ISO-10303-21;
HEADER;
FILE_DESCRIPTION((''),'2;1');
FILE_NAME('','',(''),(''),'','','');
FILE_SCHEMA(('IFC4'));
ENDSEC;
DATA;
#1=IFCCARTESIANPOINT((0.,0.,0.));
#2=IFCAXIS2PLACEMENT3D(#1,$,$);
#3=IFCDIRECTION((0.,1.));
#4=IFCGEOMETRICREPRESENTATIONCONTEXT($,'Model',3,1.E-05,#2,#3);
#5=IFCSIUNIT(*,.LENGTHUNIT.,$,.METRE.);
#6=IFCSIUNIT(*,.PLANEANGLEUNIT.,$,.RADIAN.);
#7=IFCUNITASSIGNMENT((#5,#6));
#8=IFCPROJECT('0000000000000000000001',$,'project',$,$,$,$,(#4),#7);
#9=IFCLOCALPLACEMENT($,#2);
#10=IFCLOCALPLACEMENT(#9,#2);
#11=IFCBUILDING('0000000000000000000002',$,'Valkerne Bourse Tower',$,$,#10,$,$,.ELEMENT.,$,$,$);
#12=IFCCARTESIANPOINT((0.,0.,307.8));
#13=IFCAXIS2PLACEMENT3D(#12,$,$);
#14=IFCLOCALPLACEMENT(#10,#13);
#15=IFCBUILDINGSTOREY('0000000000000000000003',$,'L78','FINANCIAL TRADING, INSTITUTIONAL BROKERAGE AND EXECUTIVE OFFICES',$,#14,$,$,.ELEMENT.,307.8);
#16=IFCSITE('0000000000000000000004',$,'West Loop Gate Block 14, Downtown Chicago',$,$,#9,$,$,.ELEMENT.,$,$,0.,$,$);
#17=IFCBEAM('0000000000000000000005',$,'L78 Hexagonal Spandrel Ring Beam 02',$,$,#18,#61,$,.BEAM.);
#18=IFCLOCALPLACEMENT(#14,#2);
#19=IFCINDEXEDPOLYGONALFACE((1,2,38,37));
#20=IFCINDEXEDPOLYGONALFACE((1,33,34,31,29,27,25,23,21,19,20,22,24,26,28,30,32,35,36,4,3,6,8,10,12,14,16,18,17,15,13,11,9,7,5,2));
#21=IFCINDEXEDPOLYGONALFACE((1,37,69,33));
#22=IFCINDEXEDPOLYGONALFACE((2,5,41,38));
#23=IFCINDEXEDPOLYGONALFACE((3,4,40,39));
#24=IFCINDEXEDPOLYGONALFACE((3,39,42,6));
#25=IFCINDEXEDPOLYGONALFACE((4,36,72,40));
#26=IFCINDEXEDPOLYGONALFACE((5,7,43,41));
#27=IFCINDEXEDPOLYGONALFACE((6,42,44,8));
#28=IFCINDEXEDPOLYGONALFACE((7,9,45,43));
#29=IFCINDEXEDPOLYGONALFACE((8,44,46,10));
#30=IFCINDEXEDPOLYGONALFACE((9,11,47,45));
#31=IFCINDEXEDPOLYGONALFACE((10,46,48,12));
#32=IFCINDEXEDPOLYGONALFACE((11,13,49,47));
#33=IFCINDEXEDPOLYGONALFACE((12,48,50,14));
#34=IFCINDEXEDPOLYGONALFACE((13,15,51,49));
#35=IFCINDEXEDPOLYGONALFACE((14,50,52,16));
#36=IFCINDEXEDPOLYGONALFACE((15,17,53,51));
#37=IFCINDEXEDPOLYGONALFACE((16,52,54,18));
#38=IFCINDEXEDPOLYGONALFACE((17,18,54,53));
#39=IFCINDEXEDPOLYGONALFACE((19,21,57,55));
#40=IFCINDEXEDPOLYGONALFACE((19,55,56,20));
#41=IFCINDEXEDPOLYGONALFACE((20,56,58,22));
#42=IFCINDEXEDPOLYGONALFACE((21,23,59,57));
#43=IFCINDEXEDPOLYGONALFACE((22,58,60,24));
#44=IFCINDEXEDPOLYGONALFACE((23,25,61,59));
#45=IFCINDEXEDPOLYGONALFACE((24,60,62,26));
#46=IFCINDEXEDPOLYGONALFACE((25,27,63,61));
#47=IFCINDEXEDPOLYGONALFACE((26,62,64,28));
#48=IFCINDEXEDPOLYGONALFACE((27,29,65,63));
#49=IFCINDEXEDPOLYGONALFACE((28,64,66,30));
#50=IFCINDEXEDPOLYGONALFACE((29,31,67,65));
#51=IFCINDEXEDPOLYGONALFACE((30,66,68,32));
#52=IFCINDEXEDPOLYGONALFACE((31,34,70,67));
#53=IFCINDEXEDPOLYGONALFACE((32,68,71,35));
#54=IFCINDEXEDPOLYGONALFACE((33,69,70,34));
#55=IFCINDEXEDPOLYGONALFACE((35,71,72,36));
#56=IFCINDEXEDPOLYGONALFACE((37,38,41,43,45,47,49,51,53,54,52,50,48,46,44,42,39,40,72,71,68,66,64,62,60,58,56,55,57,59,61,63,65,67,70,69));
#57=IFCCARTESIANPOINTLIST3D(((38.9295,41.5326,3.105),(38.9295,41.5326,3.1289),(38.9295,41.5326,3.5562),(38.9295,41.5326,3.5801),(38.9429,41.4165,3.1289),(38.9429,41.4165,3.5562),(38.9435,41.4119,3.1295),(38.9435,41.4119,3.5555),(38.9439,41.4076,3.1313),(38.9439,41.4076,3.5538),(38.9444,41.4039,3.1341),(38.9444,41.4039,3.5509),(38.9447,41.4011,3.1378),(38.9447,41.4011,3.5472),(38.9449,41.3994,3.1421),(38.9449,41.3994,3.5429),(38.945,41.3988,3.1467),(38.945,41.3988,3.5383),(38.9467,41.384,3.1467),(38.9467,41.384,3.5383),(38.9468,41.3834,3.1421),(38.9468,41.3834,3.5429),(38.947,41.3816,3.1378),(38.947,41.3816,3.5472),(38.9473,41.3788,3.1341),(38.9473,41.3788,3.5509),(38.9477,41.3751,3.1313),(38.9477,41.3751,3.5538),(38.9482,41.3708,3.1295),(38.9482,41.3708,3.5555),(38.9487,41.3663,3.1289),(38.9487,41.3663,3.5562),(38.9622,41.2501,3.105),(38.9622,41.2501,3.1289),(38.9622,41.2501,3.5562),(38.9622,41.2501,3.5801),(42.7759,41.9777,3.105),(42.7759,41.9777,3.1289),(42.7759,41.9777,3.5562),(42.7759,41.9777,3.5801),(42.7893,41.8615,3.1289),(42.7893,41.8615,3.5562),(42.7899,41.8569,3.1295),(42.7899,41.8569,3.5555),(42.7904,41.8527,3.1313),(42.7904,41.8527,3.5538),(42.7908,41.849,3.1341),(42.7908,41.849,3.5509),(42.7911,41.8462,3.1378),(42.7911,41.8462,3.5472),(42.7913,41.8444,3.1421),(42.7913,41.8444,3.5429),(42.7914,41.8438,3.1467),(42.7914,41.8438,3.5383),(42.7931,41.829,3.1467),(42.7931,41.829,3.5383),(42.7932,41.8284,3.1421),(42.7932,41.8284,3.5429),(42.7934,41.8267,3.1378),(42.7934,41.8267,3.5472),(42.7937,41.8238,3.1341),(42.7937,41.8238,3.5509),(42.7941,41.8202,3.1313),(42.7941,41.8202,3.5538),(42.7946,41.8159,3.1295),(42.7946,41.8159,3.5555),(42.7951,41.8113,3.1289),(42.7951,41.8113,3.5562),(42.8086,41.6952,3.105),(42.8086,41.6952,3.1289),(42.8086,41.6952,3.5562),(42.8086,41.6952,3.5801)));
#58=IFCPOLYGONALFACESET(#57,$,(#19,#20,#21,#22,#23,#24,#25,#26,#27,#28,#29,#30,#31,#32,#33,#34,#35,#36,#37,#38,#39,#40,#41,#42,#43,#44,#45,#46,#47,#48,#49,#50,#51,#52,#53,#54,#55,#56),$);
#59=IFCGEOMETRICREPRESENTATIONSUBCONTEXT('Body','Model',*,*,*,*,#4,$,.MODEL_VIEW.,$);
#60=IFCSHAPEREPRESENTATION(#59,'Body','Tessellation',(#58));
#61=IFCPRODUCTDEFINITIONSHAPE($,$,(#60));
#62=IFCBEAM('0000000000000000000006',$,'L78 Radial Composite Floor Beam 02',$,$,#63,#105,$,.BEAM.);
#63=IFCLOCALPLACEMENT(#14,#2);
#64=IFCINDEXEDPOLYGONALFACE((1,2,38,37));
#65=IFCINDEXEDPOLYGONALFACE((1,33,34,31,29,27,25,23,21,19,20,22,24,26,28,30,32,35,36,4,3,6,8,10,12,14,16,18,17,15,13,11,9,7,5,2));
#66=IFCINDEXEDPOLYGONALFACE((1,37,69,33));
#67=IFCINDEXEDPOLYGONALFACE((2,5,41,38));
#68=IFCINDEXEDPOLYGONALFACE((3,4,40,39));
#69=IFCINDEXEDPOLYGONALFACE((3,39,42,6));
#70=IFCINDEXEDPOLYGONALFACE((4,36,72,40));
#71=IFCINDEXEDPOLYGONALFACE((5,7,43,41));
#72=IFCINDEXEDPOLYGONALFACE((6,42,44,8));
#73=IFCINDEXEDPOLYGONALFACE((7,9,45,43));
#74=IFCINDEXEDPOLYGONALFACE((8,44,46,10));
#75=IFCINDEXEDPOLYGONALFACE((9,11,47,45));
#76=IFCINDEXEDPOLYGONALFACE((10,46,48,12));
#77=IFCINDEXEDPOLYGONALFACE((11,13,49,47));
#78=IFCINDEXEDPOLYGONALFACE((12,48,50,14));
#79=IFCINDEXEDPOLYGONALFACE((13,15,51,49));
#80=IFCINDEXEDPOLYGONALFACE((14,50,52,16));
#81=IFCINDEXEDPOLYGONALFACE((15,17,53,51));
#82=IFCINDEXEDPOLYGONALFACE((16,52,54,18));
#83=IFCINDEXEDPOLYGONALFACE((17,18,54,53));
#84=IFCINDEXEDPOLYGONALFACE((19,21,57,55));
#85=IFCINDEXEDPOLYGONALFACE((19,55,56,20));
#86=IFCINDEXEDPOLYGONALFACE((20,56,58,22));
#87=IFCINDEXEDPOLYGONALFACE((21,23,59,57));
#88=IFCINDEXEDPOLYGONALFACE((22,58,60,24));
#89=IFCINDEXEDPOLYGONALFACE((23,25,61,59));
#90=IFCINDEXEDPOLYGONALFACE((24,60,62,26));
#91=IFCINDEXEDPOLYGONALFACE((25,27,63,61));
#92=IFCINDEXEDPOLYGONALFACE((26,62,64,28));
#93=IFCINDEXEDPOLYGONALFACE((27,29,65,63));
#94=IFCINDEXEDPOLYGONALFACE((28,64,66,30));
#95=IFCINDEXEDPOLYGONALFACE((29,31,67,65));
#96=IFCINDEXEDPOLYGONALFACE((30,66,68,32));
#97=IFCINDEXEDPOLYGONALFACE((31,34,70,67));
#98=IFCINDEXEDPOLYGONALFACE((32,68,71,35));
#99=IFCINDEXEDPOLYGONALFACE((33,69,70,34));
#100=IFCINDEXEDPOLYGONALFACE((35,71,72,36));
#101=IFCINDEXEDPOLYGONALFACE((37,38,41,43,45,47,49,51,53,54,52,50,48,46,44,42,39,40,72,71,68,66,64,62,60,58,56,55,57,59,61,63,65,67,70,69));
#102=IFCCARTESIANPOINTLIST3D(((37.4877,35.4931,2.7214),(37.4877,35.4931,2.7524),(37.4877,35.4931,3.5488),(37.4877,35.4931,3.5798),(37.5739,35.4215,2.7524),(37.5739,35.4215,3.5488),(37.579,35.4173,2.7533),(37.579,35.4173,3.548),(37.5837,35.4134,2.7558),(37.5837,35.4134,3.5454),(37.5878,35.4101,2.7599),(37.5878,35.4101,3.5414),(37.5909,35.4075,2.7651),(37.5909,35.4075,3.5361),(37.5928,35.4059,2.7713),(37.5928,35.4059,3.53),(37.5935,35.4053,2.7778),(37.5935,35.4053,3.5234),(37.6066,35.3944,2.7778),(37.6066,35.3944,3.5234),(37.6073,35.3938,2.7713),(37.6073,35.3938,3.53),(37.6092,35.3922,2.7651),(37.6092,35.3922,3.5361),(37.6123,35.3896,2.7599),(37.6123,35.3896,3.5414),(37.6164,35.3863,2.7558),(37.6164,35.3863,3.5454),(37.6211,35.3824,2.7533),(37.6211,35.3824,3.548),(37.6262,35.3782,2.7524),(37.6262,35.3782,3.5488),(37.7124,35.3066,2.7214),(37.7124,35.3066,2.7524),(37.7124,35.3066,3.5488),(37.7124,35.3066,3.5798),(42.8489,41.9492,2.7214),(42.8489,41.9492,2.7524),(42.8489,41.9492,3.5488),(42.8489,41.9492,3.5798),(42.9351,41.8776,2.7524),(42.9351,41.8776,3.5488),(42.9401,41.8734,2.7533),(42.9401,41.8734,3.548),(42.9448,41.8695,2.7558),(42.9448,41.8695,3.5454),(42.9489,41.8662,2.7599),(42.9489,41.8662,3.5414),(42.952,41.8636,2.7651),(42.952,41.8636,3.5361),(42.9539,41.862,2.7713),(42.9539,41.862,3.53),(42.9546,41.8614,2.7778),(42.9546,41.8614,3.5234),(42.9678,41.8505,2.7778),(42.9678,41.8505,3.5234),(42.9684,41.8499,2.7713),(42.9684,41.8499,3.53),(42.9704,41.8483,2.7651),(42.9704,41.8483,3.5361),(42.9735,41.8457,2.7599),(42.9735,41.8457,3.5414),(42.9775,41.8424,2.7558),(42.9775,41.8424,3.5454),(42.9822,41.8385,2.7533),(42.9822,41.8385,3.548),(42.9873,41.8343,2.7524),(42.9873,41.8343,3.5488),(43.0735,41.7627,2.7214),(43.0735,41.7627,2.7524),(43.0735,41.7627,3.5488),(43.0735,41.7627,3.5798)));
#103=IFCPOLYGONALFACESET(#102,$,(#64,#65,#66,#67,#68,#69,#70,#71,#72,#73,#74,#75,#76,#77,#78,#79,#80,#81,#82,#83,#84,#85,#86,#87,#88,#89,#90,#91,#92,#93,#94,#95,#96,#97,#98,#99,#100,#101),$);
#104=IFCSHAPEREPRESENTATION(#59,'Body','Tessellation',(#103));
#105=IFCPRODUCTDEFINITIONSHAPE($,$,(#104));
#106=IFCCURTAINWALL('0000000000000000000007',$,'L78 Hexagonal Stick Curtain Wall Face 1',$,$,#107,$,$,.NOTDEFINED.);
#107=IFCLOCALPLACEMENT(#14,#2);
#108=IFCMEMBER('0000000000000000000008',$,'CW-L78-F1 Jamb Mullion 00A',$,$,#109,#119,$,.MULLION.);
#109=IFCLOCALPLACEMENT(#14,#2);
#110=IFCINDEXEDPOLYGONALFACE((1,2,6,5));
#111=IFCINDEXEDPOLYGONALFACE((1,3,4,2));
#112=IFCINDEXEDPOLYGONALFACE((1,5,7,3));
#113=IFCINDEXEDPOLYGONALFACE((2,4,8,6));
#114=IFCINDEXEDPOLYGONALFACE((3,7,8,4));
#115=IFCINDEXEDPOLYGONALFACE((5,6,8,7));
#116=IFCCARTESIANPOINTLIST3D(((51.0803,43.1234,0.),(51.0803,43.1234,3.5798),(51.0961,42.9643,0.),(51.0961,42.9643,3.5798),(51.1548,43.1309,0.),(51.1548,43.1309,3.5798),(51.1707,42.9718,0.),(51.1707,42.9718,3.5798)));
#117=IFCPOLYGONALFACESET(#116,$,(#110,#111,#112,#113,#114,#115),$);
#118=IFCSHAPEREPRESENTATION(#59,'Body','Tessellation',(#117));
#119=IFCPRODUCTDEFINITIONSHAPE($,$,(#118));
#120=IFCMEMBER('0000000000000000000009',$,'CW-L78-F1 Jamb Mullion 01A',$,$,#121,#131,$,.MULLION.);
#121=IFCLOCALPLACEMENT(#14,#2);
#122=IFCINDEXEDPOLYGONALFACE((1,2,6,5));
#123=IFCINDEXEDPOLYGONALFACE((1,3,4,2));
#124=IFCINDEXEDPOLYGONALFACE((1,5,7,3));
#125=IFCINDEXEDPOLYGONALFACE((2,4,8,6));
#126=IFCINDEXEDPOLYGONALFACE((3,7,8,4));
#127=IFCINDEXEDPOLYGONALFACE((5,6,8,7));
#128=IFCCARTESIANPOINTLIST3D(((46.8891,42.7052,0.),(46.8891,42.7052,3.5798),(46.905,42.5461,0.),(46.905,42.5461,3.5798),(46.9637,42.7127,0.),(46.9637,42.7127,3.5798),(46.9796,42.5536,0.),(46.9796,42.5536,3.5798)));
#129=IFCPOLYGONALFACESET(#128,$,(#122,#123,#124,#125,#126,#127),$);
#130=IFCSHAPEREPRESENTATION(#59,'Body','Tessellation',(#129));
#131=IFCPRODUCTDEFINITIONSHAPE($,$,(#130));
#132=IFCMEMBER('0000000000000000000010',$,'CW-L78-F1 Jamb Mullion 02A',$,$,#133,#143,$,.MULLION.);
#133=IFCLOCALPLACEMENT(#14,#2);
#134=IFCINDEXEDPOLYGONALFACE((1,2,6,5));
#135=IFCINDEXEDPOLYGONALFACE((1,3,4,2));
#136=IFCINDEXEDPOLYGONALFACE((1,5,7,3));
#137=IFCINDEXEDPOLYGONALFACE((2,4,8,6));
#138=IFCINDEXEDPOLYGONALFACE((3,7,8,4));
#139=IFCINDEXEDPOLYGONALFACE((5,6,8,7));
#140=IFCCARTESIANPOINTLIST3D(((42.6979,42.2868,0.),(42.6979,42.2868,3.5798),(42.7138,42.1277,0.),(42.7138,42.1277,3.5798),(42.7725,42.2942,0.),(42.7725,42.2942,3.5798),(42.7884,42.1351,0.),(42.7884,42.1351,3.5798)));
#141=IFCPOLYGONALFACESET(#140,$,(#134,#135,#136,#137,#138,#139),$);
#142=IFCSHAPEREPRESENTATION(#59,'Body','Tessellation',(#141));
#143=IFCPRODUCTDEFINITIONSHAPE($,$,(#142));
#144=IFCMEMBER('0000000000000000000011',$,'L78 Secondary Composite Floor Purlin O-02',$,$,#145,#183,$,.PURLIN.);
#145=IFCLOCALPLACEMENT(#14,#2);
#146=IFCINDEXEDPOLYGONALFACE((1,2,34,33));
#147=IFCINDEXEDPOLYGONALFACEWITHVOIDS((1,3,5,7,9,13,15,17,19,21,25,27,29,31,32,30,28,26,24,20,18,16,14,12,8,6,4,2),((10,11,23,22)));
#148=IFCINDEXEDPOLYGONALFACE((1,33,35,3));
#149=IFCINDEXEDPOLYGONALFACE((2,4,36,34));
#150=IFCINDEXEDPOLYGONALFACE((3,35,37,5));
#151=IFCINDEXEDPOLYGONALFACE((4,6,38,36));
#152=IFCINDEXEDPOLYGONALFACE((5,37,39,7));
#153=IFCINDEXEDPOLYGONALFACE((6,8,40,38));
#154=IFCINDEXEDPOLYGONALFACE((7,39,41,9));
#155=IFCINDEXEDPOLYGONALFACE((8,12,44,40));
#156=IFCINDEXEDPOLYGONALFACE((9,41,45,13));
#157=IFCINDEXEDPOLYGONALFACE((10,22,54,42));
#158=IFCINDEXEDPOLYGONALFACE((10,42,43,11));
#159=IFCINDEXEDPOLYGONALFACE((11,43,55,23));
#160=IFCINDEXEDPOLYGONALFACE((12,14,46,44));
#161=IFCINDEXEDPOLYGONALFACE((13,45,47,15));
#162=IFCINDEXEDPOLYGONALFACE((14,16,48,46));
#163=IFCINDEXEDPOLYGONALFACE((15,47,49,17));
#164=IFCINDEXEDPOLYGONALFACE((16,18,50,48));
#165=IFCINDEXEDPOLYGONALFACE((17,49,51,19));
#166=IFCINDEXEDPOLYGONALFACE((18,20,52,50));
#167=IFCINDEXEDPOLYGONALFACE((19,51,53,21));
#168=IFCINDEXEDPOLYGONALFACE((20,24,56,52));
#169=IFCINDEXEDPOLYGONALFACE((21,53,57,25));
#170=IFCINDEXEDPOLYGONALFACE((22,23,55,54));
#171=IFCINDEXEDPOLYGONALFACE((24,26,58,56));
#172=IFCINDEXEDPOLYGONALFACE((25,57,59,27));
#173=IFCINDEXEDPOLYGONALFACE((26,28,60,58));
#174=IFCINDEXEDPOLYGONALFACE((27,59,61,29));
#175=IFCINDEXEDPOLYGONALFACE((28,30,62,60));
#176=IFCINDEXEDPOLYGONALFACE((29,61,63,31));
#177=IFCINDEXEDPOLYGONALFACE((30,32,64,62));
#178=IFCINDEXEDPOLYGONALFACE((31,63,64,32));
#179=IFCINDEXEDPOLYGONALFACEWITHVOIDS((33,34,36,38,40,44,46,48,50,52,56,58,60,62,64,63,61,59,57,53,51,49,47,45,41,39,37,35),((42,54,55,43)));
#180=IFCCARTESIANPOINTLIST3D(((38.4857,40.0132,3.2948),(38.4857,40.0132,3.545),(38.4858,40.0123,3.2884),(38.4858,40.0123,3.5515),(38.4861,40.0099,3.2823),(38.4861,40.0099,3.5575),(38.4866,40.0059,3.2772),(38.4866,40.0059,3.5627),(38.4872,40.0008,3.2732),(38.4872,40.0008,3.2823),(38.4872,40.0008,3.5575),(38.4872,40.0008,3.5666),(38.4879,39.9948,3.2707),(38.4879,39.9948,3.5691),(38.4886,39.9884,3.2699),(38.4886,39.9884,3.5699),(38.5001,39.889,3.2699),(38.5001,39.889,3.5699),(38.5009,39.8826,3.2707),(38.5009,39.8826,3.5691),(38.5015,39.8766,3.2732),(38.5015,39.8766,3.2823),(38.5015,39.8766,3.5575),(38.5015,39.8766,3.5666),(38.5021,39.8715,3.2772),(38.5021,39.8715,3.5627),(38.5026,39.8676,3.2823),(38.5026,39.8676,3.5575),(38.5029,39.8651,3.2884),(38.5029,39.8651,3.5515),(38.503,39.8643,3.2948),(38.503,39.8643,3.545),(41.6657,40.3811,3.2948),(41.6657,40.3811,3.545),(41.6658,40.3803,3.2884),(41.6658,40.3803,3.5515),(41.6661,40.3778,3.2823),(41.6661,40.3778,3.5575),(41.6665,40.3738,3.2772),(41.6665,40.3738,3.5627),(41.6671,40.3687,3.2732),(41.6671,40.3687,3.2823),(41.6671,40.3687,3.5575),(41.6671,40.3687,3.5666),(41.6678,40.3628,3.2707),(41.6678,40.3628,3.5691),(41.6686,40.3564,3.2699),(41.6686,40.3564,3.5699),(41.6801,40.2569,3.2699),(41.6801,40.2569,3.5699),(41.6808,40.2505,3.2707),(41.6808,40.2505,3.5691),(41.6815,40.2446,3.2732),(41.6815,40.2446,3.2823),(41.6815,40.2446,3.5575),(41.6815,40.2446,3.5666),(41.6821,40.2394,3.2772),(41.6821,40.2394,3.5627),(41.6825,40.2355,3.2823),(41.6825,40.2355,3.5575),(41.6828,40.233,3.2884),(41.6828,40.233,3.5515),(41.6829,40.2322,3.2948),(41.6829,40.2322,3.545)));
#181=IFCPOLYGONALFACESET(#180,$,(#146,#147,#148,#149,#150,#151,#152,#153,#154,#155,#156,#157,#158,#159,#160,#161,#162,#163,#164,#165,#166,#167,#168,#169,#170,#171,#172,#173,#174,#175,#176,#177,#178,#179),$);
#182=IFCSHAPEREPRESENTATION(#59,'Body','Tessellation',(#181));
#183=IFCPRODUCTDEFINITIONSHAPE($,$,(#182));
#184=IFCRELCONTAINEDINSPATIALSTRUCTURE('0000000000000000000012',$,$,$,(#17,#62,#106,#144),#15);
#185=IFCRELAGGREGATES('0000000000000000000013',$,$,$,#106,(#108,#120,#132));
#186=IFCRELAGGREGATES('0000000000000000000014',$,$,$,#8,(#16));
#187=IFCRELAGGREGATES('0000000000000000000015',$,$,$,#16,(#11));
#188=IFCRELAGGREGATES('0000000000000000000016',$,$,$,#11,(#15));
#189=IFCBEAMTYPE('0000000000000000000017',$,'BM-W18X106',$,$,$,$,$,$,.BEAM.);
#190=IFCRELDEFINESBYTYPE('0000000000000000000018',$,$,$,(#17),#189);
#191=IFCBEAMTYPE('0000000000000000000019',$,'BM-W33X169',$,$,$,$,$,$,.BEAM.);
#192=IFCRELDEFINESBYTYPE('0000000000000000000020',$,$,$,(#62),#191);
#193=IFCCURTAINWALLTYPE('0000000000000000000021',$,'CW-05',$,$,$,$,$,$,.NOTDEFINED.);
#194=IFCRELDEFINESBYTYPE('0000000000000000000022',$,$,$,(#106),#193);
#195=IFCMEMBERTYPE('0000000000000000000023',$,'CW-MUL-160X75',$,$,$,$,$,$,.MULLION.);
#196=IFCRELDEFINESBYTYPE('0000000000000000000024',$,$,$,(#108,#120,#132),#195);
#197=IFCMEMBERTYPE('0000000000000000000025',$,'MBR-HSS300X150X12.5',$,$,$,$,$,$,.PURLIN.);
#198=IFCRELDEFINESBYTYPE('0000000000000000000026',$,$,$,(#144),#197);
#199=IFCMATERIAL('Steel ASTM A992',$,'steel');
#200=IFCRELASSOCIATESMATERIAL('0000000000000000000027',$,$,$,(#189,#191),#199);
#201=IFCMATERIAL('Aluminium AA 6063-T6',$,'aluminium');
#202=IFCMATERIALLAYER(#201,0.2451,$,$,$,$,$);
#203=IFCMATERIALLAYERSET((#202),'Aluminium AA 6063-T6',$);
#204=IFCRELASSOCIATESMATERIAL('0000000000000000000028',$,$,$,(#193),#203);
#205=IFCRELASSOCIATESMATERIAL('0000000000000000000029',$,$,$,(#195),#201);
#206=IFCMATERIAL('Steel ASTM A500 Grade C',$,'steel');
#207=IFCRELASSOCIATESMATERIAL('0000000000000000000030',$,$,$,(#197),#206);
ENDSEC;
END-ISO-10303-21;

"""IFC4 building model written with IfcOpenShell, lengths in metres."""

from ifc_helpers import new_model, si_unit, direction, frame, origin, origin_2d, place, context, subcontext, project, spatial, rectangle, hollow_rectangle, i_section, extrude, material, layer, layer_set, material_profile, profile_set, type_object, element, aggregate, save


model = new_model("IFC4")

# Units and contexts
model_context = context("Model", 3, precision=1e-05, world=origin(), true_north=direction((0.0, 1.0)))
body_context = subcontext(model_context, "Body", "Model", "MODEL_VIEW")
ifc_project = project(units=[si_unit("LENGTHUNIT", "METRE"), si_unit("PLANEANGLEUNIT", "RADIAN")], contexts=[model_context])

# Site, building, storey
site_placement = place(None, origin())
site = spatial("IfcSite", under=ifc_project, at=site_placement, Name="West Loop Gate Block 14, Downtown Chicago", CompositionType="ELEMENT", RefElevation=0.0)
building_placement = place(site_placement, origin())
building = spatial("IfcBuilding", under=site, at=building_placement, Name="Valkerne Bourse Tower", CompositionType="ELEMENT")
storey_placement = place(building_placement, frame((0.0, 0.0, 307.8)))
storey = spatial("IfcBuildingStorey", under=building, at=storey_placement, Name="L78", Description="FINANCIAL TRADING, INSTITUTIONAL BROKERAGE AND EXECUTIVE OFFICES", CompositionType="ELEMENT", Elevation=307.8)

# Beams
ifc_material_1 = material(Name="Steel ASTM A992", Category="steel")
ifc_material_profile_1 = material_profile(ifc_material_1, i_section(OverallWidth=0.2844, OverallDepth=0.4751, WebThickness=0.0149, FlangeThickness=0.0239, FilletRadius=0.0178, at=origin_2d()), Name="W18X106")
ifc_profile_set_1 = profile_set([ifc_material_profile_1], Name="Steel ASTM A992")
beam_type_1 = type_object("IfcBeamType", Name="BM-W18X106", PredefinedType="BEAM", material=ifc_profile_set_1)
for number, where, z_axis, x_axis, name in (
    (1, (42.7922, 41.8364, 3.3425), (-0.993372, -0.114942, 0.0), (0.114942, -0.993372, 0.0), "L78 Hexagonal Spandrel Ring Beam 02"),
):
    element("IfcBeam", number, at=place(storey_placement, frame(where, z_axis=z_axis, x_axis=x_axis)), inside=storey, type_object=beam_type_1, Name=name, PredefinedType="BEAM", context=body_context, shape_type="SweptSolid", body=[
        extrude(i_section(OverallWidth=0.2844, OverallDepth=0.4751, WebThickness=0.0149, FlangeThickness=0.0239, FilletRadius=0.0178, at=origin_2d()), origin(), (0.0, 0.0, 1.0), 3.8721),
    ])
ifc_material_profile_2 = material_profile(ifc_material_1, i_section(OverallWidth=0.292, OverallDepth=0.8584, WebThickness=0.0171, FlangeThickness=0.031, FilletRadius=0.0254, at=origin_2d()), Name="W33X169")
ifc_profile_set_2 = profile_set([ifc_material_profile_2], Name="Steel ASTM A992")
beam_type_2 = type_object("IfcBeamType", Name="BM-W33X169", PredefinedType="BEAM", material=ifc_profile_set_2)
beam_placement = place(storey_placement, frame((42.9612, 41.856, 3.1506), z_axis=(-0.63885, -0.769331, 0.0), x_axis=(0.769331, -0.63885, 0.0)))
element("IfcBeam", 2, at=beam_placement, inside=storey, type_object=beam_type_2, Name="L78 Radial Composite Floor Beam 02", PredefinedType="BEAM", context=body_context, shape_type="SweptSolid", body=[
    extrude(i_section(OverallWidth=0.292, OverallDepth=0.8584, WebThickness=0.0171, FlangeThickness=0.031, FilletRadius=0.0254, at=origin_2d()), origin(), (0.0, 0.0, 1.0), 8.3918),
])

# Curtain wall, members
ifc_material_2 = material(Name="Aluminium AA 6063-T6", Category="aluminium")
ifc_layer_1 = layer(ifc_material_2, 0.2451)
ifc_layer_set_1 = layer_set([ifc_layer_1], Name="Aluminium AA 6063-T6")
curtain_wall_type = type_object("IfcCurtainWallType", Name="CW-05", PredefinedType="NOTDEFINED", material=ifc_layer_set_1)
curtain_wall_placement = place(storey_placement, origin())
curtain_wall = element("IfcCurtainWall", 3, at=curtain_wall_placement, inside=storey, type_object=curtain_wall_type, Name="L78 Hexagonal Stick Curtain Wall Face 1", PredefinedType="NOTDEFINED")
ifc_material_profile_3 = material_profile(ifc_material_2, rectangle(XDim=0.075, YDim=0.1599, at=origin_2d()), Name="CWM-75X160")
ifc_profile_set_3 = profile_set([ifc_material_profile_3], Name="Aluminium AA 6063-T6")
member_type_1 = type_object("IfcMemberType", Name="CW-MUL-160X75", PredefinedType="MULLION", material=ifc_profile_set_3)
member_1_placement = place(storey_placement, frame((51.1255, 43.0476, 0.0), z_axis=(0.0, 0.0, 1.0), x_axis=(-0.995056, -0.099313, 0.0)))
member_1 = element("IfcMember", 4, at=member_1_placement, type_object=member_type_1, Name="CW-L78-F1 Jamb Mullion 00A", PredefinedType="MULLION", context=body_context, shape_type="SweptSolid", body=[
    extrude(rectangle(XDim=0.075, YDim=0.1599, at=origin_2d()), origin(), (0.0, 0.0, 1.0), 3.5798),
])
member_2_placement = place(storey_placement, frame((46.9343, 42.6294, 0.0), z_axis=(0.0, 0.0, 1.0), x_axis=(-0.995054, -0.099334, 0.0)))
member_2 = element("IfcMember", 5, at=member_2_placement, type_object=member_type_1, Name="CW-L78-F1 Jamb Mullion 01A", PredefinedType="MULLION", context=body_context, shape_type="SweptSolid", body=[
    extrude(rectangle(XDim=0.075, YDim=0.1599, at=origin_2d()), origin(), (0.0, 0.0, 1.0), 3.5798),
])
member_3_placement = place(storey_placement, frame((42.7432, 42.2109, 0.0), z_axis=(0.0, 0.0, 1.0), x_axis=(-0.995056, -0.099311, 0.0)))
member_3 = element("IfcMember", 6, at=member_3_placement, type_object=member_type_1, Name="CW-L78-F1 Jamb Mullion 02A", PredefinedType="MULLION", context=body_context, shape_type="SweptSolid", body=[
    extrude(rectangle(XDim=0.075, YDim=0.1599, at=origin_2d()), origin(), (0.0, 0.0, 1.0), 3.5798),
])

# Member
ifc_material_3 = material(Name="Steel ASTM A500 Grade C", Category="steel")
ifc_material_profile_4 = material_profile(ifc_material_3, hollow_rectangle(XDim=0.1499, YDim=0.3, WallThickness=0.0125, OuterFilletRadius=0.0249, at=origin_2d()), Name="HSS300X150X12.5")
ifc_profile_set_4 = profile_set([ifc_material_profile_4], Name="Steel ASTM A500 Grade C")
member_type_2 = type_object("IfcMemberType", Name="MBR-HSS300X150X12.5", PredefinedType="PURLIN", material=ifc_profile_set_4)
member_4_placement = place(storey_placement, frame((41.6743, 40.3066, 3.4199), z_axis=(-0.993373, -0.114934, 0.0), x_axis=(0.114934, -0.993373, 0.0)))
element("IfcMember", 7, at=member_4_placement, inside=storey, type_object=member_type_2, Name="L78 Secondary Composite Floor Purlin O-02", PredefinedType="PURLIN", context=body_context, shape_type="SweptSolid", body=[
    extrude(hollow_rectangle(XDim=0.1499, YDim=0.3, WallThickness=0.0125, OuterFilletRadius=0.0249, at=origin_2d()), origin(), (0.0, 0.0, 1.0), 3.2012),
])

aggregate(curtain_wall, [member_1, member_2, member_3])

save(model, "model.ifc")
